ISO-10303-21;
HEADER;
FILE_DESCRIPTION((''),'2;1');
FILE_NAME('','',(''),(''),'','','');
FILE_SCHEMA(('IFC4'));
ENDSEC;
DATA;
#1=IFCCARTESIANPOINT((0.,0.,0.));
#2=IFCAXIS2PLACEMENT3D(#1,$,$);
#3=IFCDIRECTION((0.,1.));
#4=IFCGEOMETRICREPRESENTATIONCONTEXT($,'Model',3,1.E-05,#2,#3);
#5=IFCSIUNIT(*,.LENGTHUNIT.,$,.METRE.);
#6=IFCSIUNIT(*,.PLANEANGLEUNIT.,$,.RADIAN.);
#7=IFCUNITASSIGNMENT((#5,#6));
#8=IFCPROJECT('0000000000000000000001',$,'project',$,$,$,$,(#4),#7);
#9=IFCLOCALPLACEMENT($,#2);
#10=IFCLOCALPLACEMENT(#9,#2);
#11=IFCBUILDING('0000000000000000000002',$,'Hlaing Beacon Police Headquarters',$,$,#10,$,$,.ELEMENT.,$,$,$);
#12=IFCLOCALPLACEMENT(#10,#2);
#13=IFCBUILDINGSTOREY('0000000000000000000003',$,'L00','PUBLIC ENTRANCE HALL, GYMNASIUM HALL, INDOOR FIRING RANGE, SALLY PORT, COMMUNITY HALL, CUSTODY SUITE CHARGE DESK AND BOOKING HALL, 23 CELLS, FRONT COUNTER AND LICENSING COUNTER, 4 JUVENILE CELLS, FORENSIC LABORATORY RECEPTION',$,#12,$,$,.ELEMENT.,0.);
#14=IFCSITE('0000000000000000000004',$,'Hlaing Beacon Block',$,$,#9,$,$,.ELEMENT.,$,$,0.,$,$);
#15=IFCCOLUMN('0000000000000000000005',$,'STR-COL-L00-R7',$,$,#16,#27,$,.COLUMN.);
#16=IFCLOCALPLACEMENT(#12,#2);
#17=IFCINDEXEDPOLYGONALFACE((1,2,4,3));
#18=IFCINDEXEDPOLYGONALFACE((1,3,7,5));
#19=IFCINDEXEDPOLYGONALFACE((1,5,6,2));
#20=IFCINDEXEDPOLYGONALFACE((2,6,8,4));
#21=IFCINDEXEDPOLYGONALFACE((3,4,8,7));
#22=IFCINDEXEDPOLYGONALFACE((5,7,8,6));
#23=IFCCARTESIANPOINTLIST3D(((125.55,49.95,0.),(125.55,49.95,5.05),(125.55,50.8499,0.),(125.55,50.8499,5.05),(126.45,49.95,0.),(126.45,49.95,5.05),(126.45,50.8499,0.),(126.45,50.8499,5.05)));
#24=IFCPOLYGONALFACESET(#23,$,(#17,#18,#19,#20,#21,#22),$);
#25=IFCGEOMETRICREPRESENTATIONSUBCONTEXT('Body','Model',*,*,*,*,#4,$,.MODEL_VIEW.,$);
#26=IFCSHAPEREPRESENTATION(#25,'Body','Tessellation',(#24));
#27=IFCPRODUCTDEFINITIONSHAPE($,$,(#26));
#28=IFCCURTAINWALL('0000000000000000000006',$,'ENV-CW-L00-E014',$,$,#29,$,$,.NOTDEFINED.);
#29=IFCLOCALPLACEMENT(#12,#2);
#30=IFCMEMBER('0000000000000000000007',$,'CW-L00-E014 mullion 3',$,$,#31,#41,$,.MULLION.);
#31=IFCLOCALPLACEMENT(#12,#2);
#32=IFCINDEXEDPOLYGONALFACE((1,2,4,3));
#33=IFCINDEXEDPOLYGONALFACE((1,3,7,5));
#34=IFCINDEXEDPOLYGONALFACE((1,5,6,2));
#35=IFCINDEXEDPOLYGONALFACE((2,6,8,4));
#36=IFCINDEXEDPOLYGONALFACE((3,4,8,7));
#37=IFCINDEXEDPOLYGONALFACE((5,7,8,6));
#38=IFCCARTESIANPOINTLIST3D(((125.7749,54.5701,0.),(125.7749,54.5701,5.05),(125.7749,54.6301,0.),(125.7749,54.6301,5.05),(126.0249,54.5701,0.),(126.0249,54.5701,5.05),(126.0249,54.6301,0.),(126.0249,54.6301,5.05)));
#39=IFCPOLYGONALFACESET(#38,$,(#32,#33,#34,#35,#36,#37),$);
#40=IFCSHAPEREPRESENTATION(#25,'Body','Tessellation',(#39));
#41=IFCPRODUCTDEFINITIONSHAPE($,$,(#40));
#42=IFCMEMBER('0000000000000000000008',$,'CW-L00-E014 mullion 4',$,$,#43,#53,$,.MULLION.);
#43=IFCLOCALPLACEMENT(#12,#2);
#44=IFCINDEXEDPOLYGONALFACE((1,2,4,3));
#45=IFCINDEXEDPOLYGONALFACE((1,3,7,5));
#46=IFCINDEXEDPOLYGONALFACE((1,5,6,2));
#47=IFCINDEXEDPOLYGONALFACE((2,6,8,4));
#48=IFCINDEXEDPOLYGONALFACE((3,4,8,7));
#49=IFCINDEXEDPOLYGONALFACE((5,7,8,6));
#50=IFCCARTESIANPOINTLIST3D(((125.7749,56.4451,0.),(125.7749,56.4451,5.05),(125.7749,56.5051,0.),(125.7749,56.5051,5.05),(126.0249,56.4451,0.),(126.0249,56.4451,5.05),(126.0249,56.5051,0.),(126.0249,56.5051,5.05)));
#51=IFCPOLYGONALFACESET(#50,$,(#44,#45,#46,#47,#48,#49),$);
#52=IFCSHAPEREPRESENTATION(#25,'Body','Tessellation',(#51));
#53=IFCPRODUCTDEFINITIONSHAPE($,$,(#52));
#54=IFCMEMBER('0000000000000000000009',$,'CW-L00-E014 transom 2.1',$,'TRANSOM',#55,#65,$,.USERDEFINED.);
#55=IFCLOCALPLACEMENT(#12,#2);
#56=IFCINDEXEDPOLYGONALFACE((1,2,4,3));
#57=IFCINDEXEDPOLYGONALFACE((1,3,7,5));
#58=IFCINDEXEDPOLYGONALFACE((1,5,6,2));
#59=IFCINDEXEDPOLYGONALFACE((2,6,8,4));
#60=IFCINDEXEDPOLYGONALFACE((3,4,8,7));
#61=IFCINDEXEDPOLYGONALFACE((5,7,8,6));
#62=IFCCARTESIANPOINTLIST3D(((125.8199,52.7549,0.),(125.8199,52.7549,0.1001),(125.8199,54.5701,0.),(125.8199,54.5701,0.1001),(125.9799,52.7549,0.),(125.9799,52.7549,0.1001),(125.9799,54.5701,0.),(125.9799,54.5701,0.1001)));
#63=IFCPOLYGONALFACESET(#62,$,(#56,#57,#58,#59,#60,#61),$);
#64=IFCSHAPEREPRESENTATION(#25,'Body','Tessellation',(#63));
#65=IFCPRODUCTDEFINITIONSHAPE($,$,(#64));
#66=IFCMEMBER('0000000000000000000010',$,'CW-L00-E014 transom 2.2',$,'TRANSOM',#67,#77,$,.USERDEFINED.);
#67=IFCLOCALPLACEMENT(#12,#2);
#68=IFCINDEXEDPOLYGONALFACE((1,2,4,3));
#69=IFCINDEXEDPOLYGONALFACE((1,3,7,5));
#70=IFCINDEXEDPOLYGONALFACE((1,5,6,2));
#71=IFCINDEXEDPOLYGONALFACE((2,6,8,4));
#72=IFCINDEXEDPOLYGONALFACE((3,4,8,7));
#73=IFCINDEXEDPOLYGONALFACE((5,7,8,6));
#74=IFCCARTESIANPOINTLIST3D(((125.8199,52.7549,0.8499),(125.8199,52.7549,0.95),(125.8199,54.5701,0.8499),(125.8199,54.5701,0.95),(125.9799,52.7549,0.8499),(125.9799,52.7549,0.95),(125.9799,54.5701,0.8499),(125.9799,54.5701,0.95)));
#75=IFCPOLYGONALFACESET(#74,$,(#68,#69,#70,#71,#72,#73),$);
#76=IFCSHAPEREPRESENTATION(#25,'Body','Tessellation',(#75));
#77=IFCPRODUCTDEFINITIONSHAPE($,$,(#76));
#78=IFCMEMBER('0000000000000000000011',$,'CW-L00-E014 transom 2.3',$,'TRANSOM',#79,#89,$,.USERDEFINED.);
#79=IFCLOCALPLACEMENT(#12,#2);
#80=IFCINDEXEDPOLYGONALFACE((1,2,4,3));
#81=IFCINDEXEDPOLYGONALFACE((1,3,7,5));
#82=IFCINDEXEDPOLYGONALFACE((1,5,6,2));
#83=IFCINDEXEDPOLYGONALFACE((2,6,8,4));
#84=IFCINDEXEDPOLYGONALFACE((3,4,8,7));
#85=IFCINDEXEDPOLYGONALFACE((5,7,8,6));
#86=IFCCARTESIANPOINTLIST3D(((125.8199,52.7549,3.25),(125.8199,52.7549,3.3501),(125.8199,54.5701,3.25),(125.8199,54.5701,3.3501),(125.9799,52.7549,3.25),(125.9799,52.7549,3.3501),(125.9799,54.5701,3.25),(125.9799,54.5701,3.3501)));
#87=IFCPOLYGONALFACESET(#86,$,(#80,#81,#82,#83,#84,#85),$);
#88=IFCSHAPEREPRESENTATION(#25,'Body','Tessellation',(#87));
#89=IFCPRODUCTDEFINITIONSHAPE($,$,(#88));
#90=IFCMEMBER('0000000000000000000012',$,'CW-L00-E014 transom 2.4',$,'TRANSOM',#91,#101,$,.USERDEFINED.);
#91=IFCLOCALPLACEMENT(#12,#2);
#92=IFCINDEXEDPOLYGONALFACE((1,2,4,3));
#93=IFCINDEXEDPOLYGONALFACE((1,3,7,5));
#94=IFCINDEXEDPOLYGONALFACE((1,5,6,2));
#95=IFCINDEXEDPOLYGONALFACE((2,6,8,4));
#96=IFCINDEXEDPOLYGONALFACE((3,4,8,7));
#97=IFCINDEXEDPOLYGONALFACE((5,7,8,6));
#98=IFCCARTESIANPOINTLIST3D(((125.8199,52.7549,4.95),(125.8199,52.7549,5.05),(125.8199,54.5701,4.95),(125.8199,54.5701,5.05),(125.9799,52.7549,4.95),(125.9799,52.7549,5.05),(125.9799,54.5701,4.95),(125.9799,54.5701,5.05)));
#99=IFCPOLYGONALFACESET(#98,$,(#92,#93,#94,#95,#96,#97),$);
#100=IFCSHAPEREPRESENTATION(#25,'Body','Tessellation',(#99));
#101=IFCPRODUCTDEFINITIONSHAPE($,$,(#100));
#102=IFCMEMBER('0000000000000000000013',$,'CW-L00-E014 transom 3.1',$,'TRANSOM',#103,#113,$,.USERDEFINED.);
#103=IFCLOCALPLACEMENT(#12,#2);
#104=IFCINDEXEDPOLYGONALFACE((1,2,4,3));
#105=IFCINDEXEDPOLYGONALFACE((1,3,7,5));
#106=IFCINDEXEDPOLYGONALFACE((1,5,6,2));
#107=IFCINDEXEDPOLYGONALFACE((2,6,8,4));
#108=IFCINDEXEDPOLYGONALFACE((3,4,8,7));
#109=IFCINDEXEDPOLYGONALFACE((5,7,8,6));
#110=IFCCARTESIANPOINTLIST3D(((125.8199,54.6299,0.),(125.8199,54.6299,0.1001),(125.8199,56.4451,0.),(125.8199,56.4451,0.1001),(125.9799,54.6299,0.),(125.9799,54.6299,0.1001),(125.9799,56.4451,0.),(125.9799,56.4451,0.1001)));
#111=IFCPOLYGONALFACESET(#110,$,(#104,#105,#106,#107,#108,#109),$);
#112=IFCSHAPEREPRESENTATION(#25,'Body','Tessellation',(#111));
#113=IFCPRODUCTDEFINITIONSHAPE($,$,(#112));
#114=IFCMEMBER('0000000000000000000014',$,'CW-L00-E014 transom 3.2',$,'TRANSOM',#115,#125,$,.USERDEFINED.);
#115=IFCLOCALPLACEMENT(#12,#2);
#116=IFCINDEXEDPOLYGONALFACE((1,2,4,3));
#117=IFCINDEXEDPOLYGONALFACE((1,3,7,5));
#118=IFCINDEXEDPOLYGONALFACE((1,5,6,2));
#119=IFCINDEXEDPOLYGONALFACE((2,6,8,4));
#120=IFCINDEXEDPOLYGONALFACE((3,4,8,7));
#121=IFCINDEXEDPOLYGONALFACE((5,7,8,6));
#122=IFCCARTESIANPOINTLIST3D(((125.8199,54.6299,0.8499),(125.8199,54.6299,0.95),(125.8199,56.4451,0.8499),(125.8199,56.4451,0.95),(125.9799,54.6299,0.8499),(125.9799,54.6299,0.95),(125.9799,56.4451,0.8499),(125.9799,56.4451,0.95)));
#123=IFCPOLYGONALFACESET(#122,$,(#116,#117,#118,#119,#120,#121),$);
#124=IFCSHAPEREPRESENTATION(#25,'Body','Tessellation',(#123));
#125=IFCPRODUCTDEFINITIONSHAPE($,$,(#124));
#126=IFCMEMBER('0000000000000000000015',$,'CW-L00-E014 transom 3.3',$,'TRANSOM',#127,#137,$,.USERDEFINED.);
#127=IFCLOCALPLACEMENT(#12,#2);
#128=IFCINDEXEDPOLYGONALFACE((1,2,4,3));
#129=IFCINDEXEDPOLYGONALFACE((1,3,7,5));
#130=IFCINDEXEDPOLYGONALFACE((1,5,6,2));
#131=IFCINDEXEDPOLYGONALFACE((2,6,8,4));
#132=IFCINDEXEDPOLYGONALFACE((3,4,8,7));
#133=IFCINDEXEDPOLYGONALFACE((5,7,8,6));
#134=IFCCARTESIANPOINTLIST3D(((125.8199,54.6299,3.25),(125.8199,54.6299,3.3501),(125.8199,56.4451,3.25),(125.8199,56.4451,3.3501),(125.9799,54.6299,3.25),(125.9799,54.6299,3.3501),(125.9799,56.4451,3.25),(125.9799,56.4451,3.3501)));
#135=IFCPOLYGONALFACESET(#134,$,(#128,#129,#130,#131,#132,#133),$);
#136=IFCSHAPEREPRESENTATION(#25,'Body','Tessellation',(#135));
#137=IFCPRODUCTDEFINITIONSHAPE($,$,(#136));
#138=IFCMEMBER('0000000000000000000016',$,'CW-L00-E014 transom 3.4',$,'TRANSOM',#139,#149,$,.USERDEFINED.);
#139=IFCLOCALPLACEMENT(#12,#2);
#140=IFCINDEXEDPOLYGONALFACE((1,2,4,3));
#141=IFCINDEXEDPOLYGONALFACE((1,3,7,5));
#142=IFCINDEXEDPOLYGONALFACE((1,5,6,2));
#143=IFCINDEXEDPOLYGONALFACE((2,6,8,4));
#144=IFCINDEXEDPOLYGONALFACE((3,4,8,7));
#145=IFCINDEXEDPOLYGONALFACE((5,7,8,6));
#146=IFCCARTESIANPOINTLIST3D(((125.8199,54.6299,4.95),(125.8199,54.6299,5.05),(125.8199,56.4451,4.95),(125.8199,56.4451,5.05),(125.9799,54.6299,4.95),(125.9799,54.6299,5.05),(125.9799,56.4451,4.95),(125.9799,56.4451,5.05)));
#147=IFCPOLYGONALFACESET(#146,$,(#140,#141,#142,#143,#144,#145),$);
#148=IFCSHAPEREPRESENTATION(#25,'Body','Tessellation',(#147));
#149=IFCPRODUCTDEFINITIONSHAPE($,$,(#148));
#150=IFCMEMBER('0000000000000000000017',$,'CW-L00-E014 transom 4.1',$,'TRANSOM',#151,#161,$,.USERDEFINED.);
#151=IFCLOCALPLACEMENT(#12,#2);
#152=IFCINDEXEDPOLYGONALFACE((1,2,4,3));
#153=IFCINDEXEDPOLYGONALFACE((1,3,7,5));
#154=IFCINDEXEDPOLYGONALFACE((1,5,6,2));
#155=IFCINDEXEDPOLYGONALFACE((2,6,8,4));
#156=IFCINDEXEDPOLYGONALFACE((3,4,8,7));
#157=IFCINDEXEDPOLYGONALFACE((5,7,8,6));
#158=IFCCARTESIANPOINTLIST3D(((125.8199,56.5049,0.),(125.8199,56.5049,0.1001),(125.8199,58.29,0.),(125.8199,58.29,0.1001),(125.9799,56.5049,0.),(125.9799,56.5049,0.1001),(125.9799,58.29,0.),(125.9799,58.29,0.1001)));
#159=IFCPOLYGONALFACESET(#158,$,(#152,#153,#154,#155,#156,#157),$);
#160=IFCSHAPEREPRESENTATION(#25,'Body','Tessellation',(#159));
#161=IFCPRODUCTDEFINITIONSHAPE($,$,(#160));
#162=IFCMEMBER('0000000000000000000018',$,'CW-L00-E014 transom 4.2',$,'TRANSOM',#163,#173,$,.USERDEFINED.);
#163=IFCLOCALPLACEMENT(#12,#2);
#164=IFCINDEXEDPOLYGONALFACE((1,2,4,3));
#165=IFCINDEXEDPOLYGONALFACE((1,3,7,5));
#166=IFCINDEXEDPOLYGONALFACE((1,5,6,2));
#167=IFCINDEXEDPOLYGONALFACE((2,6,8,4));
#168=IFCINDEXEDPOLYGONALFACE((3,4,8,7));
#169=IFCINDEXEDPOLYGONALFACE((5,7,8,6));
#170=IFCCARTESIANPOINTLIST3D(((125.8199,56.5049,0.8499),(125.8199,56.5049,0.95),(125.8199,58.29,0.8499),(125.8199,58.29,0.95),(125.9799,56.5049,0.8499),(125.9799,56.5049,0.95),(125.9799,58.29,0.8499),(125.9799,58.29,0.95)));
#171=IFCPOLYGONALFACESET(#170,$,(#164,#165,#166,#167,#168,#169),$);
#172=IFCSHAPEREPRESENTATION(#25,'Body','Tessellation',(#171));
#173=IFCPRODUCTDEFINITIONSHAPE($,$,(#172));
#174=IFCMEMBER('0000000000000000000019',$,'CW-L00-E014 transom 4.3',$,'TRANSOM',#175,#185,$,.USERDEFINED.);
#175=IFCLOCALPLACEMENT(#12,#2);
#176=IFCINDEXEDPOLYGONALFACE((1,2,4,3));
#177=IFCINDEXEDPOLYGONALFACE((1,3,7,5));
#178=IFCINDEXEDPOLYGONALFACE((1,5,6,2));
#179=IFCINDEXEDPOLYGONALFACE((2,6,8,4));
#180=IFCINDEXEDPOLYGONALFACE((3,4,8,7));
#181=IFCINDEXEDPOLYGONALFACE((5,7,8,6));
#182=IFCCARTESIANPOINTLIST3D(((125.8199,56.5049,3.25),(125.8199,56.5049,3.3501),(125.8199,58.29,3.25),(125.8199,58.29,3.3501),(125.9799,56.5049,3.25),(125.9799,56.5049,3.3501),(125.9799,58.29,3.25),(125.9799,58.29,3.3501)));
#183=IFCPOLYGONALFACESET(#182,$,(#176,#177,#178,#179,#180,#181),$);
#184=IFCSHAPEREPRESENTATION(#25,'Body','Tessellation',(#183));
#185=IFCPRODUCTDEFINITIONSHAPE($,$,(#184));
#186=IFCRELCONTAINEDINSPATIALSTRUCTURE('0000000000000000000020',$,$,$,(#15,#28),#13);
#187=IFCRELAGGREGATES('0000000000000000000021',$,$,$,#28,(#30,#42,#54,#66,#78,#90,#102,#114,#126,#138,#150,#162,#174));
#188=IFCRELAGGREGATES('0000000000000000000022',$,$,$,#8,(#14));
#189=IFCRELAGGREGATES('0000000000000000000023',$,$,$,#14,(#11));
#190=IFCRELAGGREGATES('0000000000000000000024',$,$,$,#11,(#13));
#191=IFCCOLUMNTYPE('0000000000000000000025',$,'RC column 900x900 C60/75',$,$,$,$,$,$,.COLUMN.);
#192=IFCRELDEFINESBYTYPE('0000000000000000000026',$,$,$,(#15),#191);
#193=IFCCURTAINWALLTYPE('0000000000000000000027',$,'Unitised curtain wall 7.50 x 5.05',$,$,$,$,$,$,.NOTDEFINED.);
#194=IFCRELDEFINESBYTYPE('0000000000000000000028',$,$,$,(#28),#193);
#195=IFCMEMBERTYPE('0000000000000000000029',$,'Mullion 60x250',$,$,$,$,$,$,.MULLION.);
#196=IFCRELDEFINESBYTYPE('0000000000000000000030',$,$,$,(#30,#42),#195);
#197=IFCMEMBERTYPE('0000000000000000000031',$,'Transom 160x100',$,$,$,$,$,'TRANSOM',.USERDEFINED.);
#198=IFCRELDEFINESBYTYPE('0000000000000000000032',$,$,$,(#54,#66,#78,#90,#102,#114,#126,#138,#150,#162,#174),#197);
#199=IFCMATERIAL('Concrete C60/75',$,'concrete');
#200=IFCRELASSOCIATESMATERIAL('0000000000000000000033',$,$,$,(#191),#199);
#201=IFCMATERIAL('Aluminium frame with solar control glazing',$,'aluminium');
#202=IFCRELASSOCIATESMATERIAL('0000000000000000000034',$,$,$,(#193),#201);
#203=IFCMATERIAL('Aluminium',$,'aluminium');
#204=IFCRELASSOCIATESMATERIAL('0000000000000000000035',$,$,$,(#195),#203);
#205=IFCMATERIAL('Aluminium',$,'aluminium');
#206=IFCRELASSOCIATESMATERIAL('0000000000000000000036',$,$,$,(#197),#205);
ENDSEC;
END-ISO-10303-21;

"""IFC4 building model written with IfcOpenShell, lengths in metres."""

from ifc_helpers import new_model, si_unit, direction, frame, origin, origin_2d, place, context, subcontext, project, spatial, rectangle, extrude, material, material_profile, profile_set, type_object, element, aggregate, save


model = new_model("IFC4")

# Units and contexts
model_context = context("Model", 3, precision=1e-05, world=origin(), true_north=direction((0.0, 1.0)))
body_context = subcontext(model_context, "Body", "Model", "MODEL_VIEW")
ifc_project = project(units=[si_unit("LENGTHUNIT", "METRE"), si_unit("PLANEANGLEUNIT", "RADIAN")], contexts=[model_context])

# Site, building, storey
site_placement = place(None, origin())
site = spatial("IfcSite", under=ifc_project, at=site_placement, Name="Hlaing Beacon Block", CompositionType="ELEMENT", RefElevation=0.0)
building_placement = place(site_placement, origin())
building = spatial("IfcBuilding", under=site, at=building_placement, Name="Hlaing Beacon Police Headquarters", CompositionType="ELEMENT")
storey_placement = place(building_placement, origin())
storey = spatial("IfcBuildingStorey", under=building, at=storey_placement, Name="L00", Description="PUBLIC ENTRANCE HALL, GYMNASIUM HALL, INDOOR FIRING RANGE, SALLY PORT, COMMUNITY HALL, CUSTODY SUITE CHARGE DESK AND BOOKING HALL, 23 CELLS, FRONT COUNTER AND LICENSING COUNTER, 4 JUVENILE CELLS, FORENSIC LABORATORY RECEPTION", CompositionType="ELEMENT", Elevation=0.0)

# Column
ifc_material_1 = material(Name="Concrete C60/75", Category="concrete")
ifc_material_profile_1 = material_profile(ifc_material_1, rectangle(XDim=0.8999, YDim=0.8999, at=origin_2d()), Name="900x900")
ifc_profile_set_1 = profile_set([ifc_material_profile_1], Name="Concrete C60/75")
column_type = type_object("IfcColumnType", Name="RC column 900x900 C60/75", PredefinedType="COLUMN", material=ifc_profile_set_1)
column_placement = place(storey_placement, frame((126.0, 50.3999, 0.0), z_axis=(0.0, 0.0, 1.0), x_axis=(1.0, 0.0, 0.0)))
element("IfcColumn", 1, at=column_placement, inside=storey, type_object=column_type, Name="STR-COL-L00-R7", PredefinedType="COLUMN", context=body_context, shape_type="SweptSolid", body=[
    extrude(rectangle(XDim=0.8999, YDim=0.8999, at=origin_2d()), origin(), (0.0, 0.0, 1.0), 5.05),
])

# Curtain wall, members
ifc_material_2 = material(Name="Aluminium frame with solar control glazing", Category="aluminium")
curtain_wall_type = type_object("IfcCurtainWallType", Name="Unitised curtain wall 7.50 x 5.05", PredefinedType="NOTDEFINED", material=ifc_material_2)
curtain_wall_placement = place(storey_placement, origin())
curtain_wall = element("IfcCurtainWall", 2, at=curtain_wall_placement, inside=storey, type_object=curtain_wall_type, Name="ENV-CW-L00-E014", PredefinedType="NOTDEFINED")
ifc_material_3 = material(Name="Aluminium", Category="aluminium")
ifc_material_profile_2 = material_profile(ifc_material_3, rectangle(XDim=0.25, YDim=0.0601, at=origin_2d()), Name="Mullion 60x250")
ifc_profile_set_2 = profile_set([ifc_material_profile_2], Name="Aluminium")
member_type_1 = type_object("IfcMemberType", Name="Mullion 60x250", PredefinedType="MULLION", material=ifc_profile_set_2)
member_1_placement = place(storey_placement, frame((125.8999, 54.6001, 0.0), z_axis=(0.0, 0.0, 1.0), x_axis=(-1.0, 0.0, 0.0)))
member_1 = element("IfcMember", 3, at=member_1_placement, type_object=member_type_1, Name="CW-L00-E014 mullion 3", PredefinedType="MULLION", context=body_context, shape_type="SweptSolid", body=[
    extrude(rectangle(XDim=0.25, YDim=0.0601, at=origin_2d()), origin(), (0.0, 0.0, 1.0), 5.05),
])
member_2_placement = place(storey_placement, frame((125.8999, 56.4751, 0.0), z_axis=(0.0, 0.0, 1.0), x_axis=(-1.0, 0.0, 0.0)))
member_2 = element("IfcMember", 4, at=member_2_placement, type_object=member_type_1, Name="CW-L00-E014 mullion 4", PredefinedType="MULLION", context=body_context, shape_type="SweptSolid", body=[
    extrude(rectangle(XDim=0.25, YDim=0.0601, at=origin_2d()), origin(), (0.0, 0.0, 1.0), 5.05),
])
ifc_material_4 = material(Name="Aluminium", Category="aluminium")
ifc_material_profile_3 = material_profile(ifc_material_4, rectangle(XDim=0.1599, YDim=0.1001, at=origin_2d()), Name="Transom 160x100")
ifc_profile_set_3 = profile_set([ifc_material_profile_3], Name="Aluminium")
member_type_2 = type_object("IfcMemberType", Name="Transom 160x100", ElementType="TRANSOM", PredefinedType="USERDEFINED", material=ifc_profile_set_3)
member_3_placement = place(storey_placement, frame((125.8999, 52.7549, 0.05), z_axis=(0.0, 1.0, 0.0), x_axis=(-1.0, 0.0, 0.0)))
member_3 = element("IfcMember", 5, at=member_3_placement, type_object=member_type_2, Name="CW-L00-E014 transom 2.1", ObjectType="TRANSOM", PredefinedType="USERDEFINED", context=body_context, shape_type="SweptSolid", body=[
    extrude(rectangle(XDim=0.1599, YDim=0.1001, at=origin_2d()), origin(), (0.0, 0.0, 1.0), 1.8152),
])
member_4_placement = place(storey_placement, frame((125.8999, 52.7549, 0.8999), z_axis=(0.0, 1.0, 0.0), x_axis=(-1.0, 0.0, 0.0)))
member_4 = element("IfcMember", 6, at=member_4_placement, type_object=member_type_2, Name="CW-L00-E014 transom 2.2", ObjectType="TRANSOM", PredefinedType="USERDEFINED", context=body_context, shape_type="SweptSolid", body=[
    extrude(rectangle(XDim=0.1599, YDim=0.1001, at=origin_2d()), origin(), (0.0, 0.0, 1.0), 1.8152),
])
member_5_placement = place(storey_placement, frame((125.8999, 52.7549, 3.3), z_axis=(0.0, 1.0, 0.0), x_axis=(-1.0, 0.0, 0.0)))
member_5 = element("IfcMember", 7, at=member_5_placement, type_object=member_type_2, Name="CW-L00-E014 transom 2.3", ObjectType="TRANSOM", PredefinedType="USERDEFINED", context=body_context, shape_type="SweptSolid", body=[
    extrude(rectangle(XDim=0.1599, YDim=0.1001, at=origin_2d()), origin(), (0.0, 0.0, 1.0), 1.8152),
])
member_6_placement = place(storey_placement, frame((125.8999, 52.7549, 5.0), z_axis=(0.0, 1.0, 0.0), x_axis=(-1.0, 0.0, 0.0)))
member_6 = element("IfcMember", 8, at=member_6_placement, type_object=member_type_2, Name="CW-L00-E014 transom 2.4", ObjectType="TRANSOM", PredefinedType="USERDEFINED", context=body_context, shape_type="SweptSolid", body=[
    extrude(rectangle(XDim=0.1599, YDim=0.1001, at=origin_2d()), origin(), (0.0, 0.0, 1.0), 1.8152),
])
member_7_placement = place(storey_placement, frame((125.8999, 54.6299, 0.05), z_axis=(0.0, 1.0, 0.0), x_axis=(-1.0, 0.0, 0.0)))
member_7 = element("IfcMember", 9, at=member_7_placement, type_object=member_type_2, Name="CW-L00-E014 transom 3.1", ObjectType="TRANSOM", PredefinedType="USERDEFINED", context=body_context, shape_type="SweptSolid", body=[
    extrude(rectangle(XDim=0.1599, YDim=0.1001, at=origin_2d()), origin(), (0.0, 0.0, 1.0), 1.8152),
])
member_8_placement = place(storey_placement, frame((125.8999, 54.6299, 0.8999), z_axis=(0.0, 1.0, 0.0), x_axis=(-1.0, 0.0, 0.0)))
member_8 = element("IfcMember", 10, at=member_8_placement, type_object=member_type_2, Name="CW-L00-E014 transom 3.2", ObjectType="TRANSOM", PredefinedType="USERDEFINED", context=body_context, shape_type="SweptSolid", body=[
    extrude(rectangle(XDim=0.1599, YDim=0.1001, at=origin_2d()), origin(), (0.0, 0.0, 1.0), 1.8152),
])
member_9_placement = place(storey_placement, frame((125.8999, 54.6299, 3.3), z_axis=(0.0, 1.0, 0.0), x_axis=(-1.0, 0.0, 0.0)))
member_9 = element("IfcMember", 11, at=member_9_placement, type_object=member_type_2, Name="CW-L00-E014 transom 3.3", ObjectType="TRANSOM", PredefinedType="USERDEFINED", context=body_context, shape_type="SweptSolid", body=[
    extrude(rectangle(XDim=0.1599, YDim=0.1001, at=origin_2d()), origin(), (0.0, 0.0, 1.0), 1.8152),
])
member_10_placement = place(storey_placement, frame((125.8999, 54.6299, 5.0), z_axis=(0.0, 1.0, 0.0), x_axis=(-1.0, 0.0, 0.0)))
member_10 = element("IfcMember", 12, at=member_10_placement, type_object=member_type_2, Name="CW-L00-E014 transom 3.4", ObjectType="TRANSOM", PredefinedType="USERDEFINED", context=body_context, shape_type="SweptSolid", body=[
    extrude(rectangle(XDim=0.1599, YDim=0.1001, at=origin_2d()), origin(), (0.0, 0.0, 1.0), 1.8152),
])
member_11_placement = place(storey_placement, frame((125.8999, 56.5049, 0.05), z_axis=(0.0, 1.0, 0.0), x_axis=(-1.0, 0.0, 0.0)))
member_11 = element("IfcMember", 13, at=member_11_placement, type_object=member_type_2, Name="CW-L00-E014 transom 4.1", ObjectType="TRANSOM", PredefinedType="USERDEFINED", context=body_context, shape_type="SweptSolid", body=[
    extrude(rectangle(XDim=0.1599, YDim=0.1001, at=origin_2d()), origin(), (0.0, 0.0, 1.0), 1.7852),
])
member_12_placement = place(storey_placement, frame((125.8999, 56.5049, 0.8999), z_axis=(0.0, 1.0, 0.0), x_axis=(-1.0, 0.0, 0.0)))
member_12 = element("IfcMember", 14, at=member_12_placement, type_object=member_type_2, Name="CW-L00-E014 transom 4.2", ObjectType="TRANSOM", PredefinedType="USERDEFINED", context=body_context, shape_type="SweptSolid", body=[
    extrude(rectangle(XDim=0.1599, YDim=0.1001, at=origin_2d()), origin(), (0.0, 0.0, 1.0), 1.7852),
])
member_13_placement = place(storey_placement, frame((125.8999, 56.5049, 3.3), z_axis=(0.0, 1.0, 0.0), x_axis=(-1.0, 0.0, 0.0)))
member_13 = element("IfcMember", 15, at=member_13_placement, type_object=member_type_2, Name="CW-L00-E014 transom 4.3", ObjectType="TRANSOM", PredefinedType="USERDEFINED", context=body_context, shape_type="SweptSolid", body=[
    extrude(rectangle(XDim=0.1599, YDim=0.1001, at=origin_2d()), origin(), (0.0, 0.0, 1.0), 1.7852),
])
aggregate(curtain_wall, [member_1, member_2, member_3, member_4, member_5, member_6, member_7, member_8, member_9, member_10, member_11, member_12, member_13])

save(model, "model.ifc")
